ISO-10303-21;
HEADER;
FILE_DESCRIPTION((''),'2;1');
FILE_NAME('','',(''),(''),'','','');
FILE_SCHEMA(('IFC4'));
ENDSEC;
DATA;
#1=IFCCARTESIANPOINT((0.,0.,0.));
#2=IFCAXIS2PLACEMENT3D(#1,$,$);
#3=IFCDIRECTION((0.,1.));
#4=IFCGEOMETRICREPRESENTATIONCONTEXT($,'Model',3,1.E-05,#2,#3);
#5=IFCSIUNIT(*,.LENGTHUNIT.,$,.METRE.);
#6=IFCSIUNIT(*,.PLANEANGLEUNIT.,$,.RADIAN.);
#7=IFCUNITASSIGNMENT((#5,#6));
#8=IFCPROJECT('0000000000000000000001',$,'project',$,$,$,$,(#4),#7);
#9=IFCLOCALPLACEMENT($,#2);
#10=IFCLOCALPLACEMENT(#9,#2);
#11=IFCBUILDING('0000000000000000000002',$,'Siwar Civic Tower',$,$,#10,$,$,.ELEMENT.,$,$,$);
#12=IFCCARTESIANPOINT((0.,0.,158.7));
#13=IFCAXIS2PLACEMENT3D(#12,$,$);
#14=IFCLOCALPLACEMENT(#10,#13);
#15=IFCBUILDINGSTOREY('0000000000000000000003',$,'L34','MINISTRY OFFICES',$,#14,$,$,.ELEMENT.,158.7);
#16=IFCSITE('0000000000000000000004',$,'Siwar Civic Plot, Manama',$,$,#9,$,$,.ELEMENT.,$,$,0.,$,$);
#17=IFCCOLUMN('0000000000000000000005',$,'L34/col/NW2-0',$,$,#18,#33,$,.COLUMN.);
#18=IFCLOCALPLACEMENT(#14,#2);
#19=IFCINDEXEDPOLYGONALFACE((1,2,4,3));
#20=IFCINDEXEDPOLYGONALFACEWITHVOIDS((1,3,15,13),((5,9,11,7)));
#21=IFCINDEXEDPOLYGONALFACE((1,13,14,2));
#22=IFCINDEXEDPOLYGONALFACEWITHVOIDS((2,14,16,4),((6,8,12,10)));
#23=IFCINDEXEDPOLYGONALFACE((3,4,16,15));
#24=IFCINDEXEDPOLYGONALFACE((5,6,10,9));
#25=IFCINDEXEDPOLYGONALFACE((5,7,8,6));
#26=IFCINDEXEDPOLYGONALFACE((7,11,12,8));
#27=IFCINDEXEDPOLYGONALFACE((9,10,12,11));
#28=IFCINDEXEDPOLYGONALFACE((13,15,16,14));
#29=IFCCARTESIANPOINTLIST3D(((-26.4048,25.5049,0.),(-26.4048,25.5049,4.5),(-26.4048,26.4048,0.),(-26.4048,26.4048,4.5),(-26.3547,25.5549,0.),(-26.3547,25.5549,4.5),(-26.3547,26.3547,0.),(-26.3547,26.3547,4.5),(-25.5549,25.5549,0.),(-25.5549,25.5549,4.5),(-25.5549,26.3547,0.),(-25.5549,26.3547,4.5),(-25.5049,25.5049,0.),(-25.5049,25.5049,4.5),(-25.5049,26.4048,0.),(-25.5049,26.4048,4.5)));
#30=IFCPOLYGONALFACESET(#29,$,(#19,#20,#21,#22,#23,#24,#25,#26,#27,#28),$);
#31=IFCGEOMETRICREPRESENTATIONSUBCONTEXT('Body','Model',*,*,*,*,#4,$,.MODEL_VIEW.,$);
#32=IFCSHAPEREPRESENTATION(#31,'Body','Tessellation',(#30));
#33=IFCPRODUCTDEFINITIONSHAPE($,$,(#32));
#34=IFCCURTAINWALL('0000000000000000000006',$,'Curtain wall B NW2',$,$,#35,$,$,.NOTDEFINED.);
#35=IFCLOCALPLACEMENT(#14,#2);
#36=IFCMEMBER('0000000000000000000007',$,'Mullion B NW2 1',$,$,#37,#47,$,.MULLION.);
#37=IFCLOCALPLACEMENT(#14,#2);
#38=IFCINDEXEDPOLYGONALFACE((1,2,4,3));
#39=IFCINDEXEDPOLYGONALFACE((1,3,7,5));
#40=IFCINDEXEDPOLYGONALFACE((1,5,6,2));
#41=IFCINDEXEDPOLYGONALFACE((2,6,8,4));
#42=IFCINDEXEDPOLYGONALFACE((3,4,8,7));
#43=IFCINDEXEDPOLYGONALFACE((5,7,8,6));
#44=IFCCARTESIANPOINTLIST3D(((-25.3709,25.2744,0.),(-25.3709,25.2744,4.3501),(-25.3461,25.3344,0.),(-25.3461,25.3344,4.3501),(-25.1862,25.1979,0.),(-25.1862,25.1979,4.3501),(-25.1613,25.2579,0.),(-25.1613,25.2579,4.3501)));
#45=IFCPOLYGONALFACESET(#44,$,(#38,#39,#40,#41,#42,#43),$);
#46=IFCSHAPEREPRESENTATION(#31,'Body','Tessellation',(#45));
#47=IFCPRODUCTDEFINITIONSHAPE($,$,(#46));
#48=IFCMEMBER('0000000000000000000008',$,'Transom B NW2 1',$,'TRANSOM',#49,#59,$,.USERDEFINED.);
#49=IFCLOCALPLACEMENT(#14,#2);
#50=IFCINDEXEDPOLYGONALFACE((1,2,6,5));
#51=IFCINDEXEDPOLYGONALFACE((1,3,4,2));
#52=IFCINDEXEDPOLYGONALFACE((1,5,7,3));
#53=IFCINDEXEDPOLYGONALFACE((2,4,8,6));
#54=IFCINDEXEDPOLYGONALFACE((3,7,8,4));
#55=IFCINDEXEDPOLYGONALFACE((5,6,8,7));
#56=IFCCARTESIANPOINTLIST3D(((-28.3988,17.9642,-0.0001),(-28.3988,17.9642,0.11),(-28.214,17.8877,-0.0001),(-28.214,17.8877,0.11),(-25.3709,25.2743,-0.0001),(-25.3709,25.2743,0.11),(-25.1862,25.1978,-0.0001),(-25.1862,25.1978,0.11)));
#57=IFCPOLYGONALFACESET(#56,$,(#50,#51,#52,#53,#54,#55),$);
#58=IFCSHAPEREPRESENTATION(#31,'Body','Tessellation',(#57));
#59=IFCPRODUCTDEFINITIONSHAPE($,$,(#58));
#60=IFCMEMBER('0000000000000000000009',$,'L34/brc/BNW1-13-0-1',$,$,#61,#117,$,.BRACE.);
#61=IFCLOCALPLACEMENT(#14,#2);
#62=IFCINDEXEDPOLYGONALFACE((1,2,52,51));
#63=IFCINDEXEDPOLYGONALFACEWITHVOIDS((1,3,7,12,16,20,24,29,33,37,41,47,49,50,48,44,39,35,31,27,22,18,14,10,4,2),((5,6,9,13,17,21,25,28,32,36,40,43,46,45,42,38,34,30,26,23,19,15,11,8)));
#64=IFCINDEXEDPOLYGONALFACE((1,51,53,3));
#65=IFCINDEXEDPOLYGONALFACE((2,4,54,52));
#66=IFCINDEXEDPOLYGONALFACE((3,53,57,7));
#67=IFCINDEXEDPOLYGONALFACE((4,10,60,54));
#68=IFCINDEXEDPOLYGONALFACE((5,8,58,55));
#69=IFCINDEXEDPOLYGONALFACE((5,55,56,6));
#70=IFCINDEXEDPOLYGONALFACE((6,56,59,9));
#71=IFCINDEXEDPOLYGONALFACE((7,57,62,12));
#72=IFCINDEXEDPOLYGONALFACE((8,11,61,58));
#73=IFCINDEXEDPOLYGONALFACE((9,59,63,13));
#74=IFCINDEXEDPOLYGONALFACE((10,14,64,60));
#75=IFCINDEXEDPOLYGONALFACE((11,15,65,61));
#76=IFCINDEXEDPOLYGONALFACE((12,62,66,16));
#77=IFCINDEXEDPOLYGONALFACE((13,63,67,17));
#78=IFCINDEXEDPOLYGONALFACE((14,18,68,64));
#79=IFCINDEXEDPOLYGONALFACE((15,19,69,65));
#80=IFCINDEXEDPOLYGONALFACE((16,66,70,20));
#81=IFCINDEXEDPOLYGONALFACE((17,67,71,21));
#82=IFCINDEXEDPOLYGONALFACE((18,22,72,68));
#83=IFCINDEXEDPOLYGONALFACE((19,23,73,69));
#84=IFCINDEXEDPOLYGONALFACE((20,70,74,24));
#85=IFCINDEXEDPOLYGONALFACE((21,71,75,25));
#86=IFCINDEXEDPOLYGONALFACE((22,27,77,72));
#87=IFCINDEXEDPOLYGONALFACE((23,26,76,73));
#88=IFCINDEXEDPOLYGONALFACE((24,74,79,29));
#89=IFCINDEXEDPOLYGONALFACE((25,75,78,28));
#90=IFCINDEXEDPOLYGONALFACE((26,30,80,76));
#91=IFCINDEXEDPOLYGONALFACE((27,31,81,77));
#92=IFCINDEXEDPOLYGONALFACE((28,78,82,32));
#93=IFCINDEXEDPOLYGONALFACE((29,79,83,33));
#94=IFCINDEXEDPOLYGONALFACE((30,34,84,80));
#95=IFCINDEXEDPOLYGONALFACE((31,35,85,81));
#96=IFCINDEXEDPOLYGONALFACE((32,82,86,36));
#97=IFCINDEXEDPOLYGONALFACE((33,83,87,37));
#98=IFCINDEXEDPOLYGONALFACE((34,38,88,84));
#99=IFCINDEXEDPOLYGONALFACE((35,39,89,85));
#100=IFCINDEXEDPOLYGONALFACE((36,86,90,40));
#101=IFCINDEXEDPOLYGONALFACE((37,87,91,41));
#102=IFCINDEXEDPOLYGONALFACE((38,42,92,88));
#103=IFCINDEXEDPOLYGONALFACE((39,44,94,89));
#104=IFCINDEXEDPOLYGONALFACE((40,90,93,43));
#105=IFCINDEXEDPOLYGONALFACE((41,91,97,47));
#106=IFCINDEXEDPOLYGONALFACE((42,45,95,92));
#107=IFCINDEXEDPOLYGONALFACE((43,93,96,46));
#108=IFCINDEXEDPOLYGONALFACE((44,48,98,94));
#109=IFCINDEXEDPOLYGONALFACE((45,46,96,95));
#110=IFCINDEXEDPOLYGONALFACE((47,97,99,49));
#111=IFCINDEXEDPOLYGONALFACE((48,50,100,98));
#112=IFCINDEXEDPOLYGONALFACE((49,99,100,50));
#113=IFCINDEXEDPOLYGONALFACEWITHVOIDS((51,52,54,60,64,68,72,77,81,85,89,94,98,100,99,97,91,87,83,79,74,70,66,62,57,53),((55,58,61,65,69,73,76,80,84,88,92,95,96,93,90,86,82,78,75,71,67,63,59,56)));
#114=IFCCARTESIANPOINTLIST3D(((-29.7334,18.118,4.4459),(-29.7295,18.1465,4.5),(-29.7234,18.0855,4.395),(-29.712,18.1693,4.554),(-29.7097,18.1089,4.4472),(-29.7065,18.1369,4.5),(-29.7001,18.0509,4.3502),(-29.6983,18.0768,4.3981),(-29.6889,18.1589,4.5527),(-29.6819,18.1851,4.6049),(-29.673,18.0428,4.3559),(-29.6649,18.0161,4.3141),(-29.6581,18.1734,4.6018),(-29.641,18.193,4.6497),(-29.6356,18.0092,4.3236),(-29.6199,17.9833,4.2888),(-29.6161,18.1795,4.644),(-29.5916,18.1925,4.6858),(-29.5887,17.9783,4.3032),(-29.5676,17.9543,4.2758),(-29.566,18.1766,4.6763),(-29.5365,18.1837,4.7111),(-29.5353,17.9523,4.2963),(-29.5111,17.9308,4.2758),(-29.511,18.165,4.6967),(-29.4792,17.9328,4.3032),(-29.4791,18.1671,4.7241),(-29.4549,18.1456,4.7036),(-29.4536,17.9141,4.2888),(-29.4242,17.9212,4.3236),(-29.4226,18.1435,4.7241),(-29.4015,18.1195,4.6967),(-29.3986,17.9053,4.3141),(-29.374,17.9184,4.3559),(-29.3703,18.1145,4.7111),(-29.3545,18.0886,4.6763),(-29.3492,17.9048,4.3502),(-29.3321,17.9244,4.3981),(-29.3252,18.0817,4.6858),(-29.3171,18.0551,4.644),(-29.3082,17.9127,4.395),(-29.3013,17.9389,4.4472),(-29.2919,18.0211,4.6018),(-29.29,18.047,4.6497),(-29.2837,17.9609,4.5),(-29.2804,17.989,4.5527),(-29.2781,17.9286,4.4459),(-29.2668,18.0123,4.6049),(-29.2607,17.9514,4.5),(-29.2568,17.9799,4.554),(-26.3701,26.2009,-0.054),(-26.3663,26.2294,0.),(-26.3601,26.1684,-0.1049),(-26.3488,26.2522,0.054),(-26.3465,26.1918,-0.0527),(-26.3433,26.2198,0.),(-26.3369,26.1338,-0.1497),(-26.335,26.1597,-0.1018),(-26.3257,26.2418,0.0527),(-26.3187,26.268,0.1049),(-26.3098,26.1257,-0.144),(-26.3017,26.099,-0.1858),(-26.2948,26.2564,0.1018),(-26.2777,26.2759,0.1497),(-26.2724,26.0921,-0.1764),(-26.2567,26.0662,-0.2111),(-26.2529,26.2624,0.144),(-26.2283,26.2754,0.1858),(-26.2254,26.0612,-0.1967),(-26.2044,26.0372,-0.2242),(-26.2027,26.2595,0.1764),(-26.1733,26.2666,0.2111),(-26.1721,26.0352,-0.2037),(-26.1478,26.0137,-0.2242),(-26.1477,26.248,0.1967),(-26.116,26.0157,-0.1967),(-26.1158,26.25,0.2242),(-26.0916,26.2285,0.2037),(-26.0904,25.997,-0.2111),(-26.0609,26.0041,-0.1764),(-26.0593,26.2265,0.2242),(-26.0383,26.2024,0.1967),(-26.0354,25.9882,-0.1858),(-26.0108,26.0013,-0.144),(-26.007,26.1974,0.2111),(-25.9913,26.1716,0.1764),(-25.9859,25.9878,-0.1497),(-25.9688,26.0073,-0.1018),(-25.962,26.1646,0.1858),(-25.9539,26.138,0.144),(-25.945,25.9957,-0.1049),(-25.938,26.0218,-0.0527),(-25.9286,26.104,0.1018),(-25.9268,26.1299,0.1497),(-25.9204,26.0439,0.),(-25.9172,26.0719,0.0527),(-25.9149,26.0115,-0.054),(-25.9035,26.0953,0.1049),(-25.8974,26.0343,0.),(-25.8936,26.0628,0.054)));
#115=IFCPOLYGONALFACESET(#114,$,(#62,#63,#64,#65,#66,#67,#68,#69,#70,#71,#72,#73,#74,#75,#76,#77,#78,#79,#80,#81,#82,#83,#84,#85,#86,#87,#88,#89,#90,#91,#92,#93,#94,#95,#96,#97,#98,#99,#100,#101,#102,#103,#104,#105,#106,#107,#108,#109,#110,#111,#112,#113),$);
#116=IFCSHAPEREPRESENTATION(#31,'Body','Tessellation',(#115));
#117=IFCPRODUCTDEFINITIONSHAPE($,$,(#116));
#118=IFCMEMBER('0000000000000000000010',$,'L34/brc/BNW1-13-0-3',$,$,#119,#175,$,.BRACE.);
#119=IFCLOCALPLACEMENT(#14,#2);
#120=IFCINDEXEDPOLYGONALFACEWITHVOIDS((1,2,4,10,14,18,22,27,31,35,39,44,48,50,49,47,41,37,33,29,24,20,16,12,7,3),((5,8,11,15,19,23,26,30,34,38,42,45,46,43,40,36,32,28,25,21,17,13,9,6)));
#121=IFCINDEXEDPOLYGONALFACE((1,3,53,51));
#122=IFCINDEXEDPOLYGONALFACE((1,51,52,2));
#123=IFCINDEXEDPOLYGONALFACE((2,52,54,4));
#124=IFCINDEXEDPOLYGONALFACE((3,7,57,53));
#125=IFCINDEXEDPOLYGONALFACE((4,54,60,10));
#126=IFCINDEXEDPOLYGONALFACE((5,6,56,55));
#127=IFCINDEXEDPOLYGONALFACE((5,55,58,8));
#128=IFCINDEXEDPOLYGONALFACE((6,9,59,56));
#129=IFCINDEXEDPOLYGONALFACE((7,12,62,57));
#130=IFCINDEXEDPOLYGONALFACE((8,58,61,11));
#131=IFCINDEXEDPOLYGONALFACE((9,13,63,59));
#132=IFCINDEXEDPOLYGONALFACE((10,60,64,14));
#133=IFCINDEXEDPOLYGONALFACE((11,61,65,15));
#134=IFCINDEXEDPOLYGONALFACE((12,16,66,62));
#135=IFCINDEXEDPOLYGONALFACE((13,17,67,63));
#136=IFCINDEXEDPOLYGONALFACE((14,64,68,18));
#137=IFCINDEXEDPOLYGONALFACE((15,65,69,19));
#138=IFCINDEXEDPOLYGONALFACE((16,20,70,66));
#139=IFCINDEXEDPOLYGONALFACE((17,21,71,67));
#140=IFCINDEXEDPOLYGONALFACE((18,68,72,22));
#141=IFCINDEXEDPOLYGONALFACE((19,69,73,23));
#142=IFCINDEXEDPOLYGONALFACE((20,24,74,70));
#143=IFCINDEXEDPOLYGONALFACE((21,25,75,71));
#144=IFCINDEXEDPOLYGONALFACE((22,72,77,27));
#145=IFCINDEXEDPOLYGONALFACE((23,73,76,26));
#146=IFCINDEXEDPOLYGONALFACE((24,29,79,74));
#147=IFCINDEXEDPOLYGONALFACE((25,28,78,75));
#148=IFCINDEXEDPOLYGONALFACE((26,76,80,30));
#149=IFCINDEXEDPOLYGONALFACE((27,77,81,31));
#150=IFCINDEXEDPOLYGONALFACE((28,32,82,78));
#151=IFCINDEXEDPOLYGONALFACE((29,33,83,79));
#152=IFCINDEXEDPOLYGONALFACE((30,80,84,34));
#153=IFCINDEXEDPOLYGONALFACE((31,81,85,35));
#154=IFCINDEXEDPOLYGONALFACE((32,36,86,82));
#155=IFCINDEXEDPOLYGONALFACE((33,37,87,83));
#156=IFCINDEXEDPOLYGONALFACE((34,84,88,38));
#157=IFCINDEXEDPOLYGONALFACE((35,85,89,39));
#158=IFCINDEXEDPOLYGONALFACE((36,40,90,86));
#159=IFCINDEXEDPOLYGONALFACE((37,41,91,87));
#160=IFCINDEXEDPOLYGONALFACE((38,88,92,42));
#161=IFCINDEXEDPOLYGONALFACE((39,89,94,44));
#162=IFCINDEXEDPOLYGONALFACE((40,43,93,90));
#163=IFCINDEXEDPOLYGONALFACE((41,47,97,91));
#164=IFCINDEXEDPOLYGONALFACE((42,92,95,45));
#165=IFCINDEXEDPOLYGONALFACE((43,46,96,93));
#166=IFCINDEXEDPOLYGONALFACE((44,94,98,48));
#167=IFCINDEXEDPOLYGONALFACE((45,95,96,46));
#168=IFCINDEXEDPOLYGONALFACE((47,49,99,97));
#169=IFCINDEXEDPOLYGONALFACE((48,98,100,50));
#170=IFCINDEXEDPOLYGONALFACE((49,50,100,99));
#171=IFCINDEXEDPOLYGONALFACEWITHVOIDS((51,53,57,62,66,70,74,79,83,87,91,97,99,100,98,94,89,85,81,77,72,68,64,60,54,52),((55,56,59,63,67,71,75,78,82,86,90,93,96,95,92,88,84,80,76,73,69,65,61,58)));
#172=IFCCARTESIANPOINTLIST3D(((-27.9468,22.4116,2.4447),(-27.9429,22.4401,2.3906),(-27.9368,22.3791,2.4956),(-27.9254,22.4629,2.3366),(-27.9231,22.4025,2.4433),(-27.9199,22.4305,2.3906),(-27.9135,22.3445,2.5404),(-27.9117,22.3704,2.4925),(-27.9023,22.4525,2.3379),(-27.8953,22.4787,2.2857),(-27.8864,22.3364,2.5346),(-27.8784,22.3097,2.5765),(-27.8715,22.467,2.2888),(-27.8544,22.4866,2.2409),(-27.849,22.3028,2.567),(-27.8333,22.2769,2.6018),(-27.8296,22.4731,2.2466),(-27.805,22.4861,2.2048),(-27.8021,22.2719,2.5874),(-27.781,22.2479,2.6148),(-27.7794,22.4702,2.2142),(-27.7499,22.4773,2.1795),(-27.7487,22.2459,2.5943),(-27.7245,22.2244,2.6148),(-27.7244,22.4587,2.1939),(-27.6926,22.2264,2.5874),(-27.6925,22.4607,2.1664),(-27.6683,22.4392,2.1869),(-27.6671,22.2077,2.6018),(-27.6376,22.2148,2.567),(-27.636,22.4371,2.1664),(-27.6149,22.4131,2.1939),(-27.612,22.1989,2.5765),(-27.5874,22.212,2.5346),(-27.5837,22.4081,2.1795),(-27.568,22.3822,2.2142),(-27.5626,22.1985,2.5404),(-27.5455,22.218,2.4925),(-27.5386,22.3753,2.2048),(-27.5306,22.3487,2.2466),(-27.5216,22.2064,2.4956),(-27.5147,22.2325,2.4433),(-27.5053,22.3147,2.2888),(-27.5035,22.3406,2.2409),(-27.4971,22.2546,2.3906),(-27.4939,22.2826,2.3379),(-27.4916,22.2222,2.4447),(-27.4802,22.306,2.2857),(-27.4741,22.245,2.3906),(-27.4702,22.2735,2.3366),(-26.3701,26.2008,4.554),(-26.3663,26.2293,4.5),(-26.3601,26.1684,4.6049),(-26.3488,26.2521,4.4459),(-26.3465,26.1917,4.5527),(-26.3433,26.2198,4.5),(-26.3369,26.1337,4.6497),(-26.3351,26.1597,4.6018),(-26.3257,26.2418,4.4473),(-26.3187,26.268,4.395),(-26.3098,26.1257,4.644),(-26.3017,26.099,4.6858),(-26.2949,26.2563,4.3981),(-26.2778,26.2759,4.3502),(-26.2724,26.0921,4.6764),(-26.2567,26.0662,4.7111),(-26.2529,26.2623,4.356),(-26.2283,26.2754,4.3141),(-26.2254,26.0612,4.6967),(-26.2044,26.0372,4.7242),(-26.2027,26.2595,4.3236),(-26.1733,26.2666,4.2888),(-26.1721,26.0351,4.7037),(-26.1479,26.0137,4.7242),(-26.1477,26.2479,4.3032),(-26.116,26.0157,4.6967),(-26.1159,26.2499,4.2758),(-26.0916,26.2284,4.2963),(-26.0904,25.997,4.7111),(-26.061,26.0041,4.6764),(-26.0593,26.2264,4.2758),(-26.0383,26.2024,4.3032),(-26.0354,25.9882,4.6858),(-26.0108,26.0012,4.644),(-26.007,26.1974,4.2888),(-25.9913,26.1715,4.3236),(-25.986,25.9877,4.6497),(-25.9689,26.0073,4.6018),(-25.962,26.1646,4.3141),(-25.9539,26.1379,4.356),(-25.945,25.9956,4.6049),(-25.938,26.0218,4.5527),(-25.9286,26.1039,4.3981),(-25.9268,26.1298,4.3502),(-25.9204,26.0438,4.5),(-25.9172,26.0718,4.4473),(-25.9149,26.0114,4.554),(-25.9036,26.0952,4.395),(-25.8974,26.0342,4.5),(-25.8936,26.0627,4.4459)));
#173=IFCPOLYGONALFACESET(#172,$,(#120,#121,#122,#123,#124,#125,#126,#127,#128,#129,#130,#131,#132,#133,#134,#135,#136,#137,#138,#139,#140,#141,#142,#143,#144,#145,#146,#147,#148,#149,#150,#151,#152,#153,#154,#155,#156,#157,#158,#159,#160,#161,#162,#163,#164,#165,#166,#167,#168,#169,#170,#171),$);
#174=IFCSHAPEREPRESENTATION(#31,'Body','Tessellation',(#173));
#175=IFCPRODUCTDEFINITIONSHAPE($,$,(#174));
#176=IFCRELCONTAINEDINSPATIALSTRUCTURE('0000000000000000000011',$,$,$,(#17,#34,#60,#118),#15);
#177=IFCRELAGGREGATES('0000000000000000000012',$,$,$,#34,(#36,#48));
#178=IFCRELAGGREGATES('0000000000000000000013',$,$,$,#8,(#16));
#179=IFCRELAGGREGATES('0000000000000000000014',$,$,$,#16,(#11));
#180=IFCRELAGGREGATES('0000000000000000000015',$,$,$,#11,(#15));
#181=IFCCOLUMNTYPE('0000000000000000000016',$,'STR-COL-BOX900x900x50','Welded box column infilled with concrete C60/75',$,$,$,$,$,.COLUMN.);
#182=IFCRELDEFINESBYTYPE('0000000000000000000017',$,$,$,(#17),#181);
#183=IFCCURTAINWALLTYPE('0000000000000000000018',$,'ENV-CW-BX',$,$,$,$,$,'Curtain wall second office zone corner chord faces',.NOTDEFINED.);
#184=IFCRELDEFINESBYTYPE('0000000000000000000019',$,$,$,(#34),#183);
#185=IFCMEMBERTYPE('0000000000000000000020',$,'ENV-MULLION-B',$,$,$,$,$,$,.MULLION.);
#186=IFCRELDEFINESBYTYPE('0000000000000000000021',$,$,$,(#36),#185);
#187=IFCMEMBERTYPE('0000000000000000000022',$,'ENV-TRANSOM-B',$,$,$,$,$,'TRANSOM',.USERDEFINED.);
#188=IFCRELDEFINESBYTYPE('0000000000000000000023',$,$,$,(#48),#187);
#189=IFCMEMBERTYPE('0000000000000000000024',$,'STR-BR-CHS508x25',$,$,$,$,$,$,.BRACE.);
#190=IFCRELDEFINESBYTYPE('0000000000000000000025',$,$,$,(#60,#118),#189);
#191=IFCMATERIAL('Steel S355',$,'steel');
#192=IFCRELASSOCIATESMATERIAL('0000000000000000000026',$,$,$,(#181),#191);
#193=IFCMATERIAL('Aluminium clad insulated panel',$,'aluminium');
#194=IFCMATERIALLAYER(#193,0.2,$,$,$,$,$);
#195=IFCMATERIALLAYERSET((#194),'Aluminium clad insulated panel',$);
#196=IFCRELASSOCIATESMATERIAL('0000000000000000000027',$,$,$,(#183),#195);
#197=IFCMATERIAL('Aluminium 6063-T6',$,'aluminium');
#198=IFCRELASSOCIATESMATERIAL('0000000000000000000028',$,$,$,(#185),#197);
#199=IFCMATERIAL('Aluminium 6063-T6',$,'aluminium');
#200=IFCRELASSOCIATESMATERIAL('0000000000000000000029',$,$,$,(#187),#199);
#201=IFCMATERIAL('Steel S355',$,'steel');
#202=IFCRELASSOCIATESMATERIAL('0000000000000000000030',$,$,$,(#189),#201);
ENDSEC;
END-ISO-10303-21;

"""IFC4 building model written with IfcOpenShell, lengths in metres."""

from ifc_helpers import new_model, si_unit, direction, frame, origin, origin_2d, place, context, subcontext, project, spatial, rectangle, hollow_rectangle, hollow_circle, extrude, material, layer, layer_set, material_profile, profile_set, type_object, element, aggregate, save


model = new_model("IFC4")

# Units and contexts
model_context = context("Model", 3, precision=1e-05, world=origin(), true_north=direction((0.0, 1.0)))
body_context = subcontext(model_context, "Body", "Model", "MODEL_VIEW")
ifc_project = project(units=[si_unit("LENGTHUNIT", "METRE"), si_unit("PLANEANGLEUNIT", "RADIAN")], contexts=[model_context])

# Site, building, storey
site_placement = place(None, origin())
site = spatial("IfcSite", under=ifc_project, at=site_placement, Name="Siwar Civic Plot, Manama", CompositionType="ELEMENT", RefElevation=0.0)
building_placement = place(site_placement, origin())
building = spatial("IfcBuilding", under=site, at=building_placement, Name="Siwar Civic Tower", CompositionType="ELEMENT")
storey_placement = place(building_placement, frame((0.0, 0.0, 158.7)))
storey = spatial("IfcBuildingStorey", under=building, at=storey_placement, Name="L34", Description="MINISTRY OFFICES", CompositionType="ELEMENT", Elevation=158.7)

# Column
ifc_material_1 = material(Name="Steel S355", Category="steel")
ifc_material_profile_1 = material_profile(ifc_material_1, hollow_rectangle(XDim=0.8999, YDim=0.8999, WallThickness=0.05, at=origin_2d()), Name="BOX900x900x50")
ifc_profile_set_1 = profile_set([ifc_material_profile_1], Name="Steel S355")
column_type = type_object("IfcColumnType", Name="STR-COL-BOX900x900x50", Description="Welded box column infilled with concrete C60/75", PredefinedType="COLUMN", material=ifc_profile_set_1)
column_placement = place(storey_placement, frame((-25.9548, 25.9548, 0.0), z_axis=(0.0, 0.0, 1.0), x_axis=(1.0, 0.0, 0.0)))
element("IfcColumn", 1, at=column_placement, inside=storey, type_object=column_type, Name="L34/col/NW2-0", PredefinedType="COLUMN", context=body_context, shape_type="SweptSolid", body=[
    extrude(hollow_rectangle(XDim=0.8999, YDim=0.8999, WallThickness=0.05, at=origin_2d()), origin(), (0.0, 0.0, 1.0), 4.5),
])

# Curtain wall, members
ifc_material_2 = material(Name="Aluminium clad insulated panel", Category="aluminium")
ifc_layer_1 = layer(ifc_material_2, 0.2)
ifc_layer_set_1 = layer_set([ifc_layer_1], Name="Aluminium clad insulated panel")
curtain_wall_type = type_object("IfcCurtainWallType", Name="ENV-CW-BX", ElementType="Curtain wall second office zone corner chord faces", PredefinedType="NOTDEFINED", material=ifc_layer_set_1)
curtain_wall_placement = place(storey_placement, origin())
curtain_wall = element("IfcCurtainWall", 2, at=curtain_wall_placement, inside=storey, type_object=curtain_wall_type, Name="Curtain wall B NW2", PredefinedType="NOTDEFINED")
ifc_material_3 = material(Name="Aluminium 6063-T6", Category="aluminium")
ifc_material_profile_2 = material_profile(ifc_material_3, rectangle(XDim=0.2, YDim=0.0649, at=origin_2d()), Name="AL 200x65")
ifc_profile_set_2 = profile_set([ifc_material_profile_2], Name="Aluminium 6063-T6")
member_type_1 = type_object("IfcMemberType", Name="ENV-MULLION-B", PredefinedType="MULLION", material=ifc_profile_set_2)
member_1_placement = place(storey_placement, frame((-25.2661, 25.2661, 0.0), z_axis=(0.0, 0.0, 1.0), x_axis=(0.92388, -0.382683, 0.0)))
member_1 = element("IfcMember", 3, at=member_1_placement, type_object=member_type_1, Name="Mullion B NW2 1", PredefinedType="MULLION", context=body_context, shape_type="SweptSolid", body=[
    extrude(rectangle(XDim=0.2, YDim=0.0649, at=origin_2d()), origin(), (0.0, 0.0, 1.0), 4.3501),
])
ifc_material_4 = material(Name="Aluminium 6063-T6", Category="aluminium")
ifc_material_profile_3 = material_profile(ifc_material_4, rectangle(XDim=0.2, YDim=0.1101, at=origin_2d()), Name="AL 200x110")
ifc_profile_set_3 = profile_set([ifc_material_profile_3], Name="Aluminium 6063-T6")
member_type_2 = type_object("IfcMemberType", Name="ENV-TRANSOM-B", ElementType="TRANSOM", PredefinedType="USERDEFINED", material=ifc_profile_set_3)
member_2_placement = place(storey_placement, frame((-25.2786, 25.2361, 0.0549), z_axis=(-0.382673, -0.923884, 0.0), x_axis=(0.923884, -0.382673, 0.0)))
member_2 = element("IfcMember", 4, at=member_2_placement, type_object=member_type_2, Name="Transom B NW2 1", ObjectType="TRANSOM", PredefinedType="USERDEFINED", context=body_context, shape_type="SweptSolid", body=[
    extrude(rectangle(XDim=0.2, YDim=0.1101, at=origin_2d()), origin(), (0.0, 0.0, 1.0), 7.9124),
])

# Members
ifc_material_5 = material(Name="Steel S355", Category="steel")
ifc_material_profile_4 = material_profile(ifc_material_5, hollow_circle(Radius=0.2539, WallThickness=0.0249, at=origin_2d()), Name="CHS508x25")
ifc_profile_set_4 = profile_set([ifc_material_profile_4], Name="Steel S355")
member_type_3 = type_object("IfcMemberType", Name="STR-BR-CHS508x25", PredefinedType="BRACE", material=ifc_profile_set_4)
member_3_placement = place(storey_placement, frame((-26.1318, 26.1318, 0.0), z_axis=(-0.341671, -0.821143, 0.457149), x_axis=(0.923265, -0.384164, 0.0)))
element("IfcMember", 5, at=member_3_placement, inside=storey, type_object=member_type_3, Name="L34/brc/BNW1-13-0-1", PredefinedType="BRACE", context=body_context, shape_type="SweptSolid", body=[
    extrude(hollow_circle(Radius=0.2539, WallThickness=0.0249, at=origin_2d()), origin(), (0.0, 0.0, 1.0), 9.8435),
])
member_4_placement = place(storey_placement, frame((-27.7085, 22.3425, 2.3906), z_axis=(0.341671, 0.821163, 0.457113), x_axis=(-0.923269, 0.384155, 0.0)))
element("IfcMember", 6, at=member_4_placement, inside=storey, type_object=member_type_3, Name="L34/brc/BNW1-13-0-3", PredefinedType="BRACE", context=body_context, shape_type="SweptSolid", body=[
    extrude(hollow_circle(Radius=0.2539, WallThickness=0.0249, at=origin_2d()), origin(), (0.0, 0.0, 1.0), 4.6145),
])

aggregate(curtain_wall, [member_1, member_2])

save(model, "model.ifc")
